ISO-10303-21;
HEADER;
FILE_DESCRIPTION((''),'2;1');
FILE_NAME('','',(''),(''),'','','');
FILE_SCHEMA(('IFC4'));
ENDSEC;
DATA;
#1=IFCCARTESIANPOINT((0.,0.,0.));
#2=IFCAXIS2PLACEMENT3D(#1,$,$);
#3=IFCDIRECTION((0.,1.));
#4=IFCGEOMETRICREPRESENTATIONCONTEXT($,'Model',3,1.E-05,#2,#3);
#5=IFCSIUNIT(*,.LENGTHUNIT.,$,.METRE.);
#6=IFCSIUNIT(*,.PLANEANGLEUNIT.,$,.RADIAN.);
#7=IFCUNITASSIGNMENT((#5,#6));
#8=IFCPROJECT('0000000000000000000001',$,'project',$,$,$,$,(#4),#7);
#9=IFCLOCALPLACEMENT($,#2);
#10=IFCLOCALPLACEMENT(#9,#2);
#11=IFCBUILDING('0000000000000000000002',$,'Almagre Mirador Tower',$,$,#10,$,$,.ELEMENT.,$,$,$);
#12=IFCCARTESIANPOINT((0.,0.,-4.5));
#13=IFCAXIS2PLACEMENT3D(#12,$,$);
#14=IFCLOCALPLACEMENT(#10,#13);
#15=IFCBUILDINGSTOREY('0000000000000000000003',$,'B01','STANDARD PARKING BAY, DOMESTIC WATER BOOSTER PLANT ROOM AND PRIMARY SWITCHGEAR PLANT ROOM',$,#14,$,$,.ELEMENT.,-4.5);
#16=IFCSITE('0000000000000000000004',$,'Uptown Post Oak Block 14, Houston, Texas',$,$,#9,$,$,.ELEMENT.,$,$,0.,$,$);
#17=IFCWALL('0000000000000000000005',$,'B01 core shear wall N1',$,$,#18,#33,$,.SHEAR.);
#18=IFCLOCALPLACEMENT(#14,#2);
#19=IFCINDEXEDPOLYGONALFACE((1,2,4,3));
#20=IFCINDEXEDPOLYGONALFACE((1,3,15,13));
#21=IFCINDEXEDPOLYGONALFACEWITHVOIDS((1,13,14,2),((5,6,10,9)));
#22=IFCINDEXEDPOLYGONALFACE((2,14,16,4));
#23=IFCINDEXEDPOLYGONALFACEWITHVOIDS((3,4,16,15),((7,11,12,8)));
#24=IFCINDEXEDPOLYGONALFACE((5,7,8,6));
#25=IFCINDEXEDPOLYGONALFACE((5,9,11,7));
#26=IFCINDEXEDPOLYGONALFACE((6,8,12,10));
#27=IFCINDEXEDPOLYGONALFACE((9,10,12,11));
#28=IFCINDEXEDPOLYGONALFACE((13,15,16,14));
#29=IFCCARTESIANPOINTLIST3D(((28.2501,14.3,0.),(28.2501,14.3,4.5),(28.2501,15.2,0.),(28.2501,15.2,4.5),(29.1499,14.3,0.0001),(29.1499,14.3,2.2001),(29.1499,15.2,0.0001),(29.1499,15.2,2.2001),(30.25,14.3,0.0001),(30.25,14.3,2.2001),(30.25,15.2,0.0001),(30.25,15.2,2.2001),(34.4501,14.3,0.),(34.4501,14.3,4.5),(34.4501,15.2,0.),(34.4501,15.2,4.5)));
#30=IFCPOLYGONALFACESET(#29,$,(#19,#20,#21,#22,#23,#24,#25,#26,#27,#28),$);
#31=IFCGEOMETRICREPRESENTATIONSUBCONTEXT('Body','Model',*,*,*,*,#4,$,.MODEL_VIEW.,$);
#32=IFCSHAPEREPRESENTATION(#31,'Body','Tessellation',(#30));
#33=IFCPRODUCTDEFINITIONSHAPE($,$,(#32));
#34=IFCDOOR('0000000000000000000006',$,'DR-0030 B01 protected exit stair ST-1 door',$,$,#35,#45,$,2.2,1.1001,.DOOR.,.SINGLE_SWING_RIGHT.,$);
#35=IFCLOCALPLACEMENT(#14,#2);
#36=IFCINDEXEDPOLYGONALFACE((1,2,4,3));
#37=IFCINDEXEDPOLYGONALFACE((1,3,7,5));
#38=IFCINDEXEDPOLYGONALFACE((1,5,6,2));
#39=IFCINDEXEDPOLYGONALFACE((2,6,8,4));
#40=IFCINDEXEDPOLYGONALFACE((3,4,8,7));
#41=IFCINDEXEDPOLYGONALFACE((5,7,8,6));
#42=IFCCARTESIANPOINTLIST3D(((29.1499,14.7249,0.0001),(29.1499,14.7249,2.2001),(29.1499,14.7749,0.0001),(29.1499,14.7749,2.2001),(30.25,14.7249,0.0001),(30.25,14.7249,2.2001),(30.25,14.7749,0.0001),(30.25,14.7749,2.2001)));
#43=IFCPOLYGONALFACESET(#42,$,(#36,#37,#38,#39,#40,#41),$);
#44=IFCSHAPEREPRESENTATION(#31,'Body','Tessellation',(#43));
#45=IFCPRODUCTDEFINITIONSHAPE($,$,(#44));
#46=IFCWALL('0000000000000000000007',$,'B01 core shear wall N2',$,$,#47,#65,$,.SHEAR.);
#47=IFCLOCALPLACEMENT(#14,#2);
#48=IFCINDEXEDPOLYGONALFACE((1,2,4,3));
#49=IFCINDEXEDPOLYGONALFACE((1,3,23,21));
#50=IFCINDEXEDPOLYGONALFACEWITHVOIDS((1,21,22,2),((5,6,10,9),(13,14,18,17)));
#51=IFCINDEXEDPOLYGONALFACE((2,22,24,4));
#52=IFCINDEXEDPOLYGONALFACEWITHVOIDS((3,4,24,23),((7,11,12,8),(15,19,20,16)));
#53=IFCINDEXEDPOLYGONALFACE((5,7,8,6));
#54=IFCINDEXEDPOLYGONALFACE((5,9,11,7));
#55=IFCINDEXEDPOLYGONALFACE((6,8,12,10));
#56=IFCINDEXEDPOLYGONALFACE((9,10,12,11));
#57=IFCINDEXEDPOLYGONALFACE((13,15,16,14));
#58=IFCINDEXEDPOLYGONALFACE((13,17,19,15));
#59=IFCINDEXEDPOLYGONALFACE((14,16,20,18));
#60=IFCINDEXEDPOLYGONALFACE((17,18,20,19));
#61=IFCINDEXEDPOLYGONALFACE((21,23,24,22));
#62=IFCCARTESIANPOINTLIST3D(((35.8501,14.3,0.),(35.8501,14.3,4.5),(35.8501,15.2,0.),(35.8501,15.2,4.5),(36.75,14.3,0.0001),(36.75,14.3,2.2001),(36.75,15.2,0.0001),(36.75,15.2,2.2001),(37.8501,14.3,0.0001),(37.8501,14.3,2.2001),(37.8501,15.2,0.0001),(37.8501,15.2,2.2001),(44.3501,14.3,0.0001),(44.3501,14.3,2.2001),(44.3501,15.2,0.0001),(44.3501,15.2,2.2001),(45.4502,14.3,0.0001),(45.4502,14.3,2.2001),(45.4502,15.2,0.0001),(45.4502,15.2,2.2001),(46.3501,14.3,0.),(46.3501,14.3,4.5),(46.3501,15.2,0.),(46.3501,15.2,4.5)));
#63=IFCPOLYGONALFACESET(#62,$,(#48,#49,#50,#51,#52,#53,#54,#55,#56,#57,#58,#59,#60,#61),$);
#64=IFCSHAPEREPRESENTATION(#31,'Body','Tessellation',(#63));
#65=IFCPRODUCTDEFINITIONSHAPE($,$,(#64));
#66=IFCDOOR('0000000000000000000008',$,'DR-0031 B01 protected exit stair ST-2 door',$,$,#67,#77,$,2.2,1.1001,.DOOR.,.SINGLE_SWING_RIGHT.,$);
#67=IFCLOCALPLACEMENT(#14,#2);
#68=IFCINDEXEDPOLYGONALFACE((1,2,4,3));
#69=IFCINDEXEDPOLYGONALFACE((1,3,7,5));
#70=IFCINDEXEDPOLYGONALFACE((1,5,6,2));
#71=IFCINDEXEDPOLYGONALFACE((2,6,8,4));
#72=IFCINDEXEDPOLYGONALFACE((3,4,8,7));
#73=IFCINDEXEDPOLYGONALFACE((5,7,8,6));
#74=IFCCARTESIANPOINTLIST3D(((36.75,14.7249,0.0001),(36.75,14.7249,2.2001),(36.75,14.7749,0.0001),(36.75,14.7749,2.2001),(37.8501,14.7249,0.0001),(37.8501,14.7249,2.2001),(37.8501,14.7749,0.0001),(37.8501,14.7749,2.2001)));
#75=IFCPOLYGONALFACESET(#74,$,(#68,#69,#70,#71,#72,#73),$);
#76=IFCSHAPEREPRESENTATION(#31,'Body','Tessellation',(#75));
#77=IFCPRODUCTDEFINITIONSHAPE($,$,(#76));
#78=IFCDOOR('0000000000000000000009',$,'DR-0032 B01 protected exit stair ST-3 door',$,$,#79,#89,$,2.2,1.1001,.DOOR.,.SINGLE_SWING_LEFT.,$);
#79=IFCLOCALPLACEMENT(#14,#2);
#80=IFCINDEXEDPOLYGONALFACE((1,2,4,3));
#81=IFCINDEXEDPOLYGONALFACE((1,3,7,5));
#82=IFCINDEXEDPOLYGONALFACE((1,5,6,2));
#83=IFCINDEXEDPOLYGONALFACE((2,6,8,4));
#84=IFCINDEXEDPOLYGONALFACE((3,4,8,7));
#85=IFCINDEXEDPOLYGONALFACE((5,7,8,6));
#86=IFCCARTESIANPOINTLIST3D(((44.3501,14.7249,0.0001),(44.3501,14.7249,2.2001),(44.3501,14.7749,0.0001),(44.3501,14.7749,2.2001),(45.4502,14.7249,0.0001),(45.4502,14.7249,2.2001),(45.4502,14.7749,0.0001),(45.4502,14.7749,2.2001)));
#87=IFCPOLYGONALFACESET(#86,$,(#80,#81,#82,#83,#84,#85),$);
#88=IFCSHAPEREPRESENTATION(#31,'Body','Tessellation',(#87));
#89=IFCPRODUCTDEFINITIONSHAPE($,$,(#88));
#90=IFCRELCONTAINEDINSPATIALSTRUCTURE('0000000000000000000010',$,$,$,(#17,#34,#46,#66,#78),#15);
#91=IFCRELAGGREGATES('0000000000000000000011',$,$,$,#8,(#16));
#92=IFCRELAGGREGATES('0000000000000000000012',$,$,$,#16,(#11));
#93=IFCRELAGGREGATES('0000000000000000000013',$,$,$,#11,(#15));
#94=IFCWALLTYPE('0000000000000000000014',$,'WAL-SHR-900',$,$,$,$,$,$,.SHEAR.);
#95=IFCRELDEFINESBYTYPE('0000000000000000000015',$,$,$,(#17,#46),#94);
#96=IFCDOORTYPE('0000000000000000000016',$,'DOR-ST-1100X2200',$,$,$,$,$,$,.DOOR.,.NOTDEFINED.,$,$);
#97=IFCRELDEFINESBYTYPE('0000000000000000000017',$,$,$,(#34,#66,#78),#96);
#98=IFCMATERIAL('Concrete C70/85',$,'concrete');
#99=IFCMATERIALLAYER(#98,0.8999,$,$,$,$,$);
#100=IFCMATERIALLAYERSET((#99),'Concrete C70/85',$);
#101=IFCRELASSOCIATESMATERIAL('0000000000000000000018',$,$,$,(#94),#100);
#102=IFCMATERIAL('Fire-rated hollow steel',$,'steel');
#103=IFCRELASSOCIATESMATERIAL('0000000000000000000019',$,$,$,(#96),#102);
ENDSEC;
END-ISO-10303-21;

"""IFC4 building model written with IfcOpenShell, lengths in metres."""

from ifc_helpers import new_model, si_unit, direction, frame, frame_2d, origin, place, context, subcontext, project, spatial, rectangle, extrude, material, layer, layer_set, type_object, element, fill, save


model = new_model("IFC4")

# Units and contexts
model_context = context("Model", 3, precision=1e-05, world=origin(), true_north=direction((0.0, 1.0)))
body_context = subcontext(model_context, "Body", "Model", "MODEL_VIEW")
ifc_project = project(units=[si_unit("LENGTHUNIT", "METRE"), si_unit("PLANEANGLEUNIT", "RADIAN")], contexts=[model_context])

# Site, building, storey
site_placement = place(None, origin())
site = spatial("IfcSite", under=ifc_project, at=site_placement, Name="Uptown Post Oak Block 14, Houston, Texas", CompositionType="ELEMENT", RefElevation=0.0)
building_placement = place(site_placement, origin())
building = spatial("IfcBuilding", under=site, at=building_placement, Name="Almagre Mirador Tower", CompositionType="ELEMENT")
storey_placement = place(building_placement, frame((0.0, 0.0, -4.5)))
storey = spatial("IfcBuildingStorey", under=building, at=storey_placement, Name="B01", Description="STANDARD PARKING BAY, DOMESTIC WATER BOOSTER PLANT ROOM AND PRIMARY SWITCHGEAR PLANT ROOM", CompositionType="ELEMENT", Elevation=-4.5)

# Wall, opening, door
ifc_material_1 = material(Name="Concrete C70/85", Category="concrete")
ifc_layer_1 = layer(ifc_material_1, 0.8999)
ifc_layer_set_1 = layer_set([ifc_layer_1], Name="Concrete C70/85")
wall_type_1 = type_object("IfcWallType", Name="WAL-SHR-900", PredefinedType="SHEAR", material=ifc_layer_set_1)
wall_1_placement = place(storey_placement, frame((28.25, 14.75, 0.0), z_axis=(0.0, 0.0, 1.0), x_axis=(1.0, 0.0, 0.0)))
wall_1 = element("IfcWall", 1, at=wall_1_placement, inside=storey, type_object=wall_type_1, Name="B01 core shear wall N1", PredefinedType="SHEAR", context=body_context, shape_type="SweptSolid", body=[
    extrude(rectangle(XDim=6.2, YDim=0.8999, at=frame_2d((3.1001, 0.0))), origin(), (0.0, 0.0, 1.0), 4.5),
])
opening_1_placement = place(wall_1_placement, frame((0.8999, 0.0, 0.0)))
opening_1 = element("IfcOpeningElement", 2, at=opening_1_placement, cuts=wall_1, PredefinedType="OPENING", context=body_context, shape_type="SweptSolid", body=[
    extrude(rectangle(XDim=1.1001, YDim=2.2, at=frame_2d((0.55, 1.1001))), frame((0.0, 0.46, 0.0), z_axis=(0.0, -1.0, 0.0), x_axis=(1.0, 0.0, 0.0)), (0.0, 0.0, 1.0), 0.9199),
])
ifc_material_2 = material(Name="Fire-rated hollow steel", Category="steel")
door_type_1 = type_object("IfcDoorType", Name="DOR-ST-1100X2200", OperationType="NOTDEFINED", PredefinedType="DOOR", material=ifc_material_2)
door_1_placement = place(opening_1_placement, origin())
door_1 = element("IfcDoor", 3, at=door_1_placement, inside=storey, type_object=door_type_1, Name="DR-0030 B01 protected exit stair ST-1 door", OperationType="SINGLE_SWING_RIGHT", OverallHeight=2.2, OverallWidth=1.1001, PredefinedType="DOOR", context=body_context, shape_type="SweptSolid", body=[
    extrude(rectangle(XDim=1.1001, YDim=2.2, at=frame_2d((0.55, 1.1001))), frame((0.0, 0.0249, 0.0), z_axis=(0.0, -1.0, 0.0), x_axis=(1.0, 0.0, 0.0)), (0.0, 0.0, 1.0), 0.05),
])
fill(opening_1, door_1)

# Wall, openings, doors
wall_2_placement = place(storey_placement, frame((35.8501, 14.75, 0.0), z_axis=(0.0, 0.0, 1.0), x_axis=(1.0, 0.0, 0.0)))
wall_2 = element("IfcWall", 4, at=wall_2_placement, inside=storey, type_object=wall_type_1, Name="B01 core shear wall N2", PredefinedType="SHEAR", context=body_context, shape_type="SweptSolid", body=[
    extrude(rectangle(XDim=10.5, YDim=0.8999, at=frame_2d((5.25, 0.0))), origin(), (0.0, 0.0, 1.0), 4.5),
])
opening_2_placement = place(wall_2_placement, frame((0.8999, 0.0, 0.0)))
opening_2 = element("IfcOpeningElement", 5, at=opening_2_placement, cuts=wall_2, PredefinedType="OPENING", context=body_context, shape_type="SweptSolid", body=[
    extrude(rectangle(XDim=1.1001, YDim=2.2, at=frame_2d((0.55, 1.1001))), frame((0.0, 0.46, 0.0), z_axis=(0.0, -1.0, 0.0), x_axis=(1.0, 0.0, 0.0)), (0.0, 0.0, 1.0), 0.9199),
])
opening_3_placement = place(wall_2_placement, frame((8.5, 0.0, 0.0)))
opening_3 = element("IfcOpeningElement", 6, at=opening_3_placement, cuts=wall_2, PredefinedType="OPENING", context=body_context, shape_type="SweptSolid", body=[
    extrude(rectangle(XDim=1.1001, YDim=2.2, at=frame_2d((0.55, 1.1001))), frame((0.0, 0.46, 0.0), z_axis=(0.0, -1.0, 0.0), x_axis=(1.0, 0.0, 0.0)), (0.0, 0.0, 1.0), 0.9199),
])
door_2_placement = place(opening_2_placement, origin())
door_2 = element("IfcDoor", 7, at=door_2_placement, inside=storey, type_object=door_type_1, Name="DR-0031 B01 protected exit stair ST-2 door", OperationType="SINGLE_SWING_RIGHT", OverallHeight=2.2, OverallWidth=1.1001, PredefinedType="DOOR", context=body_context, shape_type="SweptSolid", body=[
    extrude(rectangle(XDim=1.1001, YDim=2.2, at=frame_2d((0.55, 1.1001))), frame((0.0, 0.0249, 0.0), z_axis=(0.0, -1.0, 0.0), x_axis=(1.0, 0.0, 0.0)), (0.0, 0.0, 1.0), 0.05),
])
fill(opening_2, door_2)
door_3_placement = place(opening_3_placement, origin())
door_3 = element("IfcDoor", 8, at=door_3_placement, inside=storey, type_object=door_type_1, Name="DR-0032 B01 protected exit stair ST-3 door", OperationType="SINGLE_SWING_LEFT", OverallHeight=2.2, OverallWidth=1.1001, PredefinedType="DOOR", context=body_context, shape_type="SweptSolid", body=[
    extrude(rectangle(XDim=1.1001, YDim=2.2, at=frame_2d((0.55, 1.1001))), frame((0.0, 0.0249, 0.0), z_axis=(0.0, -1.0, 0.0), x_axis=(1.0, 0.0, 0.0)), (0.0, 0.0, 1.0), 0.05),
])
fill(opening_3, door_3)

save(model, "model.ifc")
